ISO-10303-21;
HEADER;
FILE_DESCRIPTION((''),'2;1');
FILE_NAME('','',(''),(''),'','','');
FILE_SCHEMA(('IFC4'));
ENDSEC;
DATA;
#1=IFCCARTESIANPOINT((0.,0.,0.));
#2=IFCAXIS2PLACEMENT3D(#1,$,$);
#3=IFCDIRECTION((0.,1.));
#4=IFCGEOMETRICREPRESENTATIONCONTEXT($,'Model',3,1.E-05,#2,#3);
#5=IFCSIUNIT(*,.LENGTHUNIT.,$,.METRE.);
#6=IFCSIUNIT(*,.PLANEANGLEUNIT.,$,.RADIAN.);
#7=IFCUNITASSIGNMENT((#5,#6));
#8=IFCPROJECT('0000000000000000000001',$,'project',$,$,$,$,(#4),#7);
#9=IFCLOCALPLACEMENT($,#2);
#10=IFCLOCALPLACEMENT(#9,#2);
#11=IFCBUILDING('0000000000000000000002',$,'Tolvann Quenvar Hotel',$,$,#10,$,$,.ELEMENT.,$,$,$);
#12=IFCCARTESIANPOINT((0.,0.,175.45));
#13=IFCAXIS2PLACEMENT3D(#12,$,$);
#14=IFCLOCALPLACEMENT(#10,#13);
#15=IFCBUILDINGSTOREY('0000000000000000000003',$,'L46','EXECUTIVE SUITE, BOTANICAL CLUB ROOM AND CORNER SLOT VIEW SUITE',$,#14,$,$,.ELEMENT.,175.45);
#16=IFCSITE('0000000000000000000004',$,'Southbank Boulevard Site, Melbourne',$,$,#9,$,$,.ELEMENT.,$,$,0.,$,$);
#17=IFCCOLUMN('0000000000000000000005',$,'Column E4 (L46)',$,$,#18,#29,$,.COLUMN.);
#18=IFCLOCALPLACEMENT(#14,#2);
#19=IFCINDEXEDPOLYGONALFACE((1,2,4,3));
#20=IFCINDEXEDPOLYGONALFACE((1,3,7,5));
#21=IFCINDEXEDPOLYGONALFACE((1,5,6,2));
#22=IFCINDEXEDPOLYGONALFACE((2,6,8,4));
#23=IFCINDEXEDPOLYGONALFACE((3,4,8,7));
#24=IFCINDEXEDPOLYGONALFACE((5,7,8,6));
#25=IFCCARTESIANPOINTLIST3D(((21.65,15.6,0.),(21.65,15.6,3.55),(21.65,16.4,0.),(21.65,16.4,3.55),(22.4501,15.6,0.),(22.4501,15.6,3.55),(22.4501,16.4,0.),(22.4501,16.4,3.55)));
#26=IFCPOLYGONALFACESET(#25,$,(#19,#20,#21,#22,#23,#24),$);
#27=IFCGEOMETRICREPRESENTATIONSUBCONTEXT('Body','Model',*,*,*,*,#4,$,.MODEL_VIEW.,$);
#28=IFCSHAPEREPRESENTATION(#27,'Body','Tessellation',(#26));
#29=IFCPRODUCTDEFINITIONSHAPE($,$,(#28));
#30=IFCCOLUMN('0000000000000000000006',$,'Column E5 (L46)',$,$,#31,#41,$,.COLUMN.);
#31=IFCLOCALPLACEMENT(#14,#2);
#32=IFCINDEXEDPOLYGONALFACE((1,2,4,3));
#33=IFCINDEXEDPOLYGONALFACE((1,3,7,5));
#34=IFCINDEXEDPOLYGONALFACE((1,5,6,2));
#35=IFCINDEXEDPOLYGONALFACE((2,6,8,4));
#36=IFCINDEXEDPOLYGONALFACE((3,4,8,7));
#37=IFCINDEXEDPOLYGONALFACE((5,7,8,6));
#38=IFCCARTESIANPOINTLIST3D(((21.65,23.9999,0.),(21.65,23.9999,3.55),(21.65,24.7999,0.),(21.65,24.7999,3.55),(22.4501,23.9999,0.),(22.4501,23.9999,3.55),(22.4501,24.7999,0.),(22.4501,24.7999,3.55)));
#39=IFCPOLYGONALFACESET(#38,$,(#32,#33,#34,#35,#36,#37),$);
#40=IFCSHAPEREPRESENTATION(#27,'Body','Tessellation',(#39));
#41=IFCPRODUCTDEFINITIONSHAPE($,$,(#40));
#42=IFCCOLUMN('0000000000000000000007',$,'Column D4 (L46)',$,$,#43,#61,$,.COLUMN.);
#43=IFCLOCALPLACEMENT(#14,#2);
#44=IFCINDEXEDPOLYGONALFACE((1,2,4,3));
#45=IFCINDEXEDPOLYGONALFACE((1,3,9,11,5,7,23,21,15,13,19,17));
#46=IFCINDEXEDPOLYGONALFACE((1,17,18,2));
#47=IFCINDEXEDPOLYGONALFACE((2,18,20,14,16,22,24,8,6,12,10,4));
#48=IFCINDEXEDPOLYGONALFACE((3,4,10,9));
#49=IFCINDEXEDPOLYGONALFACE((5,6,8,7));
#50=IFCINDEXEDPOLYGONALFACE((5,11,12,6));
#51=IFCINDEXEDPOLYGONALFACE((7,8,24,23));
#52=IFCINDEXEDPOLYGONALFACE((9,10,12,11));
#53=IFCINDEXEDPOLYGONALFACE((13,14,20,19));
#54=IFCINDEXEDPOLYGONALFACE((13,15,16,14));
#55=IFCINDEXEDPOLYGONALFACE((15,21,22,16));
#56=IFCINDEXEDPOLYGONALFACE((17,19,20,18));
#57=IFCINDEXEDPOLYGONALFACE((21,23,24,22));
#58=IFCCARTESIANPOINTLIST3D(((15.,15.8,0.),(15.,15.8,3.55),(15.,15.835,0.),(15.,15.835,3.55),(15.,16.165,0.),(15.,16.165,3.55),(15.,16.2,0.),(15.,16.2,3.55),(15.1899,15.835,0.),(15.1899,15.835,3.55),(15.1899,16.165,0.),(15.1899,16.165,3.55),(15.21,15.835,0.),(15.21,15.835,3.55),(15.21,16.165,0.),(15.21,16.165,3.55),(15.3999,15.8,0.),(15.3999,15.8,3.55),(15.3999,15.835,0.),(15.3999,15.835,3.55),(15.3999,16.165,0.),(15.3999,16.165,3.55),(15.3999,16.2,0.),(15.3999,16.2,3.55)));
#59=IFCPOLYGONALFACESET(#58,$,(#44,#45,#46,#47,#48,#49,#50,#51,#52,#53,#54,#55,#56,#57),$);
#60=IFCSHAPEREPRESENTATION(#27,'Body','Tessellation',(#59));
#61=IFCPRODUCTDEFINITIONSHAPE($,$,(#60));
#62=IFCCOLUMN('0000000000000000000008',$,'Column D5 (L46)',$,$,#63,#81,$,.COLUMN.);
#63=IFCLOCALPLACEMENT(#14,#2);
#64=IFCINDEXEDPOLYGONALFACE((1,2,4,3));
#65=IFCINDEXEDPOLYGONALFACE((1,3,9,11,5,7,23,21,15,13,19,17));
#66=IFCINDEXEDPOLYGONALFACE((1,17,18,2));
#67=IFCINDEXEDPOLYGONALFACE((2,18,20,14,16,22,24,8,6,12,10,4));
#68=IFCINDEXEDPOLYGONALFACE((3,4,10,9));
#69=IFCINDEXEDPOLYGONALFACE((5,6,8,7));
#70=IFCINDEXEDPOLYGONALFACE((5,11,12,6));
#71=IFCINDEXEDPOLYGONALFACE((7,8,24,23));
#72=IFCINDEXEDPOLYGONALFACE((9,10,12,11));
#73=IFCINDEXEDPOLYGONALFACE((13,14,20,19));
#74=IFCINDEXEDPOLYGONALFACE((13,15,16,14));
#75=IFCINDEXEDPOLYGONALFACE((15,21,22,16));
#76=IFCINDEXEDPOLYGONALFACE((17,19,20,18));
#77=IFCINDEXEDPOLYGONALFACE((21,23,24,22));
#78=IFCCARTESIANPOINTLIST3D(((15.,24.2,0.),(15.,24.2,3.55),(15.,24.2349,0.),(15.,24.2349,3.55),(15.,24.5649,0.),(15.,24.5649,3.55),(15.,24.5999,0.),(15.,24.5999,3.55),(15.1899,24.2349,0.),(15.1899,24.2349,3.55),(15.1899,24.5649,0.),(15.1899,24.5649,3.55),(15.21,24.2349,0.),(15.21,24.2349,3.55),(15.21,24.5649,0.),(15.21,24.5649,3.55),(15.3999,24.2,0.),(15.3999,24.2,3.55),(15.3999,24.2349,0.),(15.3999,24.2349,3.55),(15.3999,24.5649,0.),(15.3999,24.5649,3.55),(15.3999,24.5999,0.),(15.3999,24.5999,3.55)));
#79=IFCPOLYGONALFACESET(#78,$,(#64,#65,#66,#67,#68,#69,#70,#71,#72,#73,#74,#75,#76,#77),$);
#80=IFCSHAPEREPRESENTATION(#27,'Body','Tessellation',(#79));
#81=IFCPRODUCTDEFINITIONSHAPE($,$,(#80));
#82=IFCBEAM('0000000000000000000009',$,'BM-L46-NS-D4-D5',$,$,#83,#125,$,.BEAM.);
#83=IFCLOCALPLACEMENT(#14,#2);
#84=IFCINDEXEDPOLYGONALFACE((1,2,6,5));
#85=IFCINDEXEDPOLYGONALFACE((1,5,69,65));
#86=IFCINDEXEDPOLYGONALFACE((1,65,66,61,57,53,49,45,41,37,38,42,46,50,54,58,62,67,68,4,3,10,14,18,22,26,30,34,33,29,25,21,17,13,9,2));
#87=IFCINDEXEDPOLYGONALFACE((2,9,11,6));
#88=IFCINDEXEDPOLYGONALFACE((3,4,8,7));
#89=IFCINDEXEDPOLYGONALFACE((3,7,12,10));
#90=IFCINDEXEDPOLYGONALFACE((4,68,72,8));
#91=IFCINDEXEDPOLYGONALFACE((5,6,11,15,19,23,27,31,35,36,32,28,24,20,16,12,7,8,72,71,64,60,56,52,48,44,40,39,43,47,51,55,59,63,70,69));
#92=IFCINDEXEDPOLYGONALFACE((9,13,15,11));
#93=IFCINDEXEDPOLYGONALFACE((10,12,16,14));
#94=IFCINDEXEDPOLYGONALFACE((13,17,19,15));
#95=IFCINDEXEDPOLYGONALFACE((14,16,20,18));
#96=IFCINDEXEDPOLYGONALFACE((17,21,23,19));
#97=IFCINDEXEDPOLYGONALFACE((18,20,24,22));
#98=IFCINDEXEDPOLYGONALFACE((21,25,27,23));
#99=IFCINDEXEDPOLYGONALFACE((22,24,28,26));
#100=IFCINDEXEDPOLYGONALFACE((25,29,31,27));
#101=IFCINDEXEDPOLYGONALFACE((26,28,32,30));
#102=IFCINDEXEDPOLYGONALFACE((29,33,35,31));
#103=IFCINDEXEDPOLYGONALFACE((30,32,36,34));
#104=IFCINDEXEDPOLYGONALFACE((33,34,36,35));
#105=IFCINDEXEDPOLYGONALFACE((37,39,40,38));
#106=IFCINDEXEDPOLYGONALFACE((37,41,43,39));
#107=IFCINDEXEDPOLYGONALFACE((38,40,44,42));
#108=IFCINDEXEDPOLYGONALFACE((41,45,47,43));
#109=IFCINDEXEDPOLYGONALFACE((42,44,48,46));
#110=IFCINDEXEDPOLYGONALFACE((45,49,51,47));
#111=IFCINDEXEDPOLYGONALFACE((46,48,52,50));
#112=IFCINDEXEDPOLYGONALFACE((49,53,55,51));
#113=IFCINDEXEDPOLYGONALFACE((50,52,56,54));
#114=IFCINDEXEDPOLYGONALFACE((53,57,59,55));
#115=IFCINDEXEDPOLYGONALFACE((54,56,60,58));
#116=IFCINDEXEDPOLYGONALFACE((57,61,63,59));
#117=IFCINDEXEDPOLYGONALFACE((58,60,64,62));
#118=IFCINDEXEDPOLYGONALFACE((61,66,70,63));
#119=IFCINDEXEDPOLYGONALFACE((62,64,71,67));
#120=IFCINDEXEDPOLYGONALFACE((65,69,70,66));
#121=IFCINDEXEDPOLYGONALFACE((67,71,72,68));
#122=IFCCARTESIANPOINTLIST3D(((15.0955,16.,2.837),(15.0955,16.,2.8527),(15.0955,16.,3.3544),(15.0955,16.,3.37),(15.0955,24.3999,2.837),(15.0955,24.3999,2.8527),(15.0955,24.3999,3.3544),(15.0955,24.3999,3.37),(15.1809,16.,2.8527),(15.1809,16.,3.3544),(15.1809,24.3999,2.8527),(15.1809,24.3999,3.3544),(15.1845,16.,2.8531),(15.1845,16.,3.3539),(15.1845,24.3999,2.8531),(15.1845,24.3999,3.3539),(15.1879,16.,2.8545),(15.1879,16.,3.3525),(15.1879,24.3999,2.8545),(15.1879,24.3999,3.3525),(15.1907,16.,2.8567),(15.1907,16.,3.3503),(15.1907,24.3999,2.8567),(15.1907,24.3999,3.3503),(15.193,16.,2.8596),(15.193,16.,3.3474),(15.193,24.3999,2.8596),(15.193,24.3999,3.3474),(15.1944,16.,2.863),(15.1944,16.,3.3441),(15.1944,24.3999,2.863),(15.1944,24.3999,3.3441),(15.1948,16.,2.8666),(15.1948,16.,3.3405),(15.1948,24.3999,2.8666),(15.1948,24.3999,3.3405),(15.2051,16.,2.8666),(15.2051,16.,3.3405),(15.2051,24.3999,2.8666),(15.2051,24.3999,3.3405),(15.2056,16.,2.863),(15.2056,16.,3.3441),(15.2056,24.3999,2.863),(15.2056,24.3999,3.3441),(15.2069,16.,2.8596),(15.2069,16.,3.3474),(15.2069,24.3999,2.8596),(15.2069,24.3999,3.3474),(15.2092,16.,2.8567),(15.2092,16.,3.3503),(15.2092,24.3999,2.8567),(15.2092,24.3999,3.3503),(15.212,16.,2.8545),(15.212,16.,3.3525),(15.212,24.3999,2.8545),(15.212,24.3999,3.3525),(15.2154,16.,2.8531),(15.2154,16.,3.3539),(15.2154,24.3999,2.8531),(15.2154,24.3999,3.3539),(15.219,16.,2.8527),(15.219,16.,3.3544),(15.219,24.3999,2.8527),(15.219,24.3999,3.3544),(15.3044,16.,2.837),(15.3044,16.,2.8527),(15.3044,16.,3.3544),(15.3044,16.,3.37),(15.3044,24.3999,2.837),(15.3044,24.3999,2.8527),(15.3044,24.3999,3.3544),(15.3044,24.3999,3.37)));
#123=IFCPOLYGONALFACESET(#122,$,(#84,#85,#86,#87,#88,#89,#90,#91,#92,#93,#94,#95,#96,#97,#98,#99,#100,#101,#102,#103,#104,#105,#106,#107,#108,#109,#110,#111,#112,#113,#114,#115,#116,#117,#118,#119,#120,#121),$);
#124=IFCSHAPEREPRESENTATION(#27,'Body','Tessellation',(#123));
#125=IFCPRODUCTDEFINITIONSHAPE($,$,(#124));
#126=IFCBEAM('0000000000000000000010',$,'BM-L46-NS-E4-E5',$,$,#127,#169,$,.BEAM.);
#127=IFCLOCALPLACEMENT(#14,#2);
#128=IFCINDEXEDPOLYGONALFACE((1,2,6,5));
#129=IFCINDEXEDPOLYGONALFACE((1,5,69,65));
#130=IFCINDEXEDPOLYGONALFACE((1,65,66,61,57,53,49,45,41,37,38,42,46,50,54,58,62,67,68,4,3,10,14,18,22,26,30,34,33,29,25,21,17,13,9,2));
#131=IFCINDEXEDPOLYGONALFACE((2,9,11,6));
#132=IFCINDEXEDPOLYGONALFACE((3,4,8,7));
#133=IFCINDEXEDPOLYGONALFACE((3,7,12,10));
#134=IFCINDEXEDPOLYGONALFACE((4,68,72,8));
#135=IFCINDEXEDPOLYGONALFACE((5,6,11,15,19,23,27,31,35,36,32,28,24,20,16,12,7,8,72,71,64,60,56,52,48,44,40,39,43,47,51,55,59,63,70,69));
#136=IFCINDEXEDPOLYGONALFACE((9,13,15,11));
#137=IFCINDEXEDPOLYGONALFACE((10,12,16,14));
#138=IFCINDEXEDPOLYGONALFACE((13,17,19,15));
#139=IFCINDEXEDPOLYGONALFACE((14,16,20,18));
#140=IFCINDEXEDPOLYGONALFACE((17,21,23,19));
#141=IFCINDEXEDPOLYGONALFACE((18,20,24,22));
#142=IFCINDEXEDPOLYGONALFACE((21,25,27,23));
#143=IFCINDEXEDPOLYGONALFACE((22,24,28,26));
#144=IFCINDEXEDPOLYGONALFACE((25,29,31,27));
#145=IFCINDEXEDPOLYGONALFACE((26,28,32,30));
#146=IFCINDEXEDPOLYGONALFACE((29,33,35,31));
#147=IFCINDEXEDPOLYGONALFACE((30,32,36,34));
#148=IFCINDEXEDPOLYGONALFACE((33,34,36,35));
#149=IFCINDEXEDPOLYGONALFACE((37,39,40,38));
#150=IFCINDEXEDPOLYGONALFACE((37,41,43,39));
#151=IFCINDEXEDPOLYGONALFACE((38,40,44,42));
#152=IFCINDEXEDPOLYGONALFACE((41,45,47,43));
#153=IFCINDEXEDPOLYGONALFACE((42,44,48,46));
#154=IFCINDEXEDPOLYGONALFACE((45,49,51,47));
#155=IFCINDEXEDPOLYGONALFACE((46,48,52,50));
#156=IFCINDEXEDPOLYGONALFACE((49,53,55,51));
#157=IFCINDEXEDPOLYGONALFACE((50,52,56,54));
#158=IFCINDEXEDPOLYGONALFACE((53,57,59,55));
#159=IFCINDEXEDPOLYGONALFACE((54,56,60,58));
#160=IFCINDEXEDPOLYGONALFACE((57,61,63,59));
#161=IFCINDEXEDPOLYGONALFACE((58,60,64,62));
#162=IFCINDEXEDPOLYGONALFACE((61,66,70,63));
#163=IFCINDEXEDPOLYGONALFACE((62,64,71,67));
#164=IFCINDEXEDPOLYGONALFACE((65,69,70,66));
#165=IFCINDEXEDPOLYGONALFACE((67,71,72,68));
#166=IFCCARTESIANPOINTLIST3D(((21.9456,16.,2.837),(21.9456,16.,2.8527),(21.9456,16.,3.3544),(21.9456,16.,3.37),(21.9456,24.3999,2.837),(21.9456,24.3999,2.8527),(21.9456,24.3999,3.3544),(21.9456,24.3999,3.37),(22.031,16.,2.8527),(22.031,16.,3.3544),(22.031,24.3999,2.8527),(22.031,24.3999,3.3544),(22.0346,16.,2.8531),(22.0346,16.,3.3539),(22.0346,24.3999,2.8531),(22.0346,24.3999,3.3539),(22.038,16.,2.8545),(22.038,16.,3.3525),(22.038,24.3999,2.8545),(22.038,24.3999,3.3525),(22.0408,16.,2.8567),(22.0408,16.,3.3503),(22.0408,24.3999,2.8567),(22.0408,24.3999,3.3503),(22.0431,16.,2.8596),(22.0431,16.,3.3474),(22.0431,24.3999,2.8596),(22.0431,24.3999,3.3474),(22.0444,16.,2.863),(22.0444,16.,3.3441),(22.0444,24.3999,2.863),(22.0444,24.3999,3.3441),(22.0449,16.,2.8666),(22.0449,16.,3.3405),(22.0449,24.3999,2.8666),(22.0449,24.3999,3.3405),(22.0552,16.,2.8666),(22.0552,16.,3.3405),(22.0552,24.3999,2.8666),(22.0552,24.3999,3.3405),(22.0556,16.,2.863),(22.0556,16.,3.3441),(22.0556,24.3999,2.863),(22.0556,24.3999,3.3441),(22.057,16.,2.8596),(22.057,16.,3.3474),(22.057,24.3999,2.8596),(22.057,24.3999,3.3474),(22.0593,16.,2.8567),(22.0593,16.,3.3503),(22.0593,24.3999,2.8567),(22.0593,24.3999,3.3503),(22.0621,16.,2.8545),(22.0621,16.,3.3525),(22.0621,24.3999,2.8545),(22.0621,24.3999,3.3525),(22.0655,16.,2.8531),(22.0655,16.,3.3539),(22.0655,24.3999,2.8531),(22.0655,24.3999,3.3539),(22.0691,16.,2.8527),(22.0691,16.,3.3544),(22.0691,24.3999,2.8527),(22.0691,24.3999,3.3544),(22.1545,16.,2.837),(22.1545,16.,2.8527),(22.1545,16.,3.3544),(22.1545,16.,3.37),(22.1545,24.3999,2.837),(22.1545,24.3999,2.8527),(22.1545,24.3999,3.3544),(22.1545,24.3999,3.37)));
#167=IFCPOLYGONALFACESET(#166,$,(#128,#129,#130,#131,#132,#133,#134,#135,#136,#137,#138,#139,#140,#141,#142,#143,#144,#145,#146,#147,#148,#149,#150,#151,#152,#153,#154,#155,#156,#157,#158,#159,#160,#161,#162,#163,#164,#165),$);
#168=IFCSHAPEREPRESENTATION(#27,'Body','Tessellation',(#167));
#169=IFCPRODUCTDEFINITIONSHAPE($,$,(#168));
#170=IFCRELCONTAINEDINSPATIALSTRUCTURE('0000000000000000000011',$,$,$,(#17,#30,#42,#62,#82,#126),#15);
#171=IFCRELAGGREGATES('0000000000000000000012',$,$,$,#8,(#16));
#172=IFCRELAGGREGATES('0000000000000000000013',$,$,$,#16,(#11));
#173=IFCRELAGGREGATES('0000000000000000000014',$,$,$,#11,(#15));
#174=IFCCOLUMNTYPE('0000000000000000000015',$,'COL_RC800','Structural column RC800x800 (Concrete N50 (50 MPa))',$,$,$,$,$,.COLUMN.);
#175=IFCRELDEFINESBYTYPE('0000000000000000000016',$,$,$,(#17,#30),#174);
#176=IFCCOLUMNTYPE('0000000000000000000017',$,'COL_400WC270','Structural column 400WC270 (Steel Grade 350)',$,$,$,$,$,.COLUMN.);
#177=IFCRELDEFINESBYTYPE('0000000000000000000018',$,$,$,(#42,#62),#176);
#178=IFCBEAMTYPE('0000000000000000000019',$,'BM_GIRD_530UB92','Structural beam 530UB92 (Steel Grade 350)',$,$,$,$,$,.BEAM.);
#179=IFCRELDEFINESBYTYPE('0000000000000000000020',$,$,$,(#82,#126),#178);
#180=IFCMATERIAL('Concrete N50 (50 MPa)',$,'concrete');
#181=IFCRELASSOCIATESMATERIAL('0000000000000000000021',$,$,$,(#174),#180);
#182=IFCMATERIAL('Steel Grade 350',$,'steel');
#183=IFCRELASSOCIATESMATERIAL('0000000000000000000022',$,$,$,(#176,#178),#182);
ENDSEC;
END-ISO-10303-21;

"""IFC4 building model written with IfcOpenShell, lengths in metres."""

from ifc_helpers import new_model, si_unit, direction, frame, origin, origin_2d, place, context, subcontext, project, spatial, rectangle, i_section, extrude, source, transform, mapped, material, material_profile, profile_set, type_object, type_shapes, element, save


model = new_model("IFC4")

# Units and contexts
model_context = context("Model", 3, precision=1e-05, world=origin(), true_north=direction((0.0, 1.0)))
body_context = subcontext(model_context, "Body", "Model", "MODEL_VIEW")
ifc_project = project(units=[si_unit("LENGTHUNIT", "METRE"), si_unit("PLANEANGLEUNIT", "RADIAN")], contexts=[model_context])

# Site, building, storey
site_placement = place(None, origin())
site = spatial("IfcSite", under=ifc_project, at=site_placement, Name="Southbank Boulevard Site, Melbourne", CompositionType="ELEMENT", RefElevation=0.0)
building_placement = place(site_placement, origin())
building = spatial("IfcBuilding", under=site, at=building_placement, Name="Tolvann Quenvar Hotel", CompositionType="ELEMENT")
storey_placement = place(building_placement, frame((0.0, 0.0, 175.45)))
storey = spatial("IfcBuildingStorey", under=building, at=storey_placement, Name="L46", Description="EXECUTIVE SUITE, BOTANICAL CLUB ROOM AND CORNER SLOT VIEW SUITE", CompositionType="ELEMENT", Elevation=175.45)

# Columns
ifc_material_1 = material(Name="Concrete N50 (50 MPa)", Category="concrete")
ifc_material_profile_1 = material_profile(ifc_material_1, rectangle(XDim=0.8, YDim=0.8, at=origin_2d()), Name="RC800x800")
ifc_profile_set_1 = profile_set([ifc_material_profile_1], Name="Concrete N50 (50 MPa)")
column_type_1 = type_object("IfcColumnType", Name="COL_RC800", Description="Structural column RC800x800 (Concrete N50 (50 MPa))", PredefinedType="COLUMN", material=ifc_profile_set_1)
shared_shape_1 = source(origin(), body_context, "Body", "SweptSolid", [
    extrude(rectangle(XDim=0.8, YDim=0.8, at=origin_2d()), origin(), (0.0, 0.0, 1.0), 3.55),
])
type_shapes(column_type_1, [shared_shape_1])
for number, where, z_axis, x_axis, name in (
    (1, (22.05, 16.0, 0.0), (0.0, 0.0, 1.0), (1.0, 0.0, 0.0), "Column E4 (L46)"),
    (2, (22.05, 24.3999, 0.0), (0.0, 0.0, 1.0), (1.0, 0.0, 0.0), "Column E5 (L46)"),
):
    element("IfcColumn", number, at=place(storey_placement, frame(where, z_axis=z_axis, x_axis=x_axis)), inside=storey, type_object=column_type_1, Name=name, PredefinedType="COLUMN", context=body_context, shape_type="MappedRepresentation", body=[
        mapped(shared_shape_1, transform((0.0, 0.0, 0.0), x_axis=(1.0, 0.0, 0.0), y_axis=(0.0, 1.0, 0.0), z_axis=(0.0, 0.0, 1.0), scale=1.0)),
    ])
ifc_material_2 = material(Name="Steel Grade 350", Category="steel")
ifc_material_profile_2 = material_profile(ifc_material_2, i_section(OverallWidth=0.3999, OverallDepth=0.3999, WebThickness=0.02, FlangeThickness=0.0349, at=origin_2d()), Name="400WC270")
ifc_profile_set_2 = profile_set([ifc_material_profile_2], Name="Steel Grade 350")
column_type_2 = type_object("IfcColumnType", Name="COL_400WC270", Description="Structural column 400WC270 (Steel Grade 350)", PredefinedType="COLUMN", material=ifc_profile_set_2)
shared_shape_2 = source(origin(), body_context, "Body", "SweptSolid", [
    extrude(i_section(OverallWidth=0.3999, OverallDepth=0.3999, WebThickness=0.02, FlangeThickness=0.0349, at=origin_2d()), origin(), (0.0, 0.0, 1.0), 3.55),
])
type_shapes(column_type_2, [shared_shape_2])
for number, where, z_axis, x_axis, name in (
    (3, (15.2, 16.0, 0.0), (0.0, 0.0, 1.0), (1.0, 0.0, 0.0), "Column D4 (L46)"),
    (4, (15.2, 24.3999, 0.0), (0.0, 0.0, 1.0), (1.0, 0.0, 0.0), "Column D5 (L46)"),
):
    element("IfcColumn", number, at=place(storey_placement, frame(where, z_axis=z_axis, x_axis=x_axis)), inside=storey, type_object=column_type_2, Name=name, PredefinedType="COLUMN", context=body_context, shape_type="MappedRepresentation", body=[
        mapped(shared_shape_2, transform((0.0, 0.0, 0.0), x_axis=(1.0, 0.0, 0.0), y_axis=(0.0, 1.0, 0.0), z_axis=(0.0, 0.0, 1.0), scale=1.0)),
    ])

# Beams
ifc_material_profile_3 = material_profile(ifc_material_2, i_section(OverallWidth=0.209, OverallDepth=0.533, WebThickness=0.0103, FlangeThickness=0.0156, FilletRadius=0.0139, at=origin_2d()), Name="530UB92")
ifc_profile_set_3 = profile_set([ifc_material_profile_3], Name="Steel Grade 350")
beam_type_1 = type_object("IfcBeamType", Name="BM_GIRD_530UB92", Description="Structural beam 530UB92 (Steel Grade 350)", PredefinedType="BEAM", material=ifc_profile_set_3)
shared_shape_3 = source(origin(), body_context, "Body", "SweptSolid", [
    extrude(i_section(OverallWidth=0.209, OverallDepth=0.533, WebThickness=0.0103, FlangeThickness=0.0156, FilletRadius=0.0139, at=origin_2d()), origin(), (0.0, 0.0, 1.0), 8.3999),
])
type_shapes(beam_type_1, [shared_shape_3])
for number, where, z_axis, x_axis, name in (
    (5, (15.2, 16.0, 3.1035), (0.0, 1.0, 0.0), (-1.0, 0.0, 0.0), "BM-L46-NS-D4-D5"),
    (6, (22.05, 16.0, 3.1035), (0.0, 1.0, 0.0), (-1.0, 0.0, 0.0), "BM-L46-NS-E4-E5"),
):
    element("IfcBeam", number, at=place(storey_placement, frame(where, z_axis=z_axis, x_axis=x_axis)), inside=storey, type_object=beam_type_1, Name=name, PredefinedType="BEAM", context=body_context, shape_type="MappedRepresentation", body=[
        mapped(shared_shape_3, transform((0.0, 0.0, 0.0), x_axis=(1.0, 0.0, 0.0), y_axis=(0.0, 1.0, 0.0), z_axis=(0.0, 0.0, 1.0), scale=1.0)),
    ])

save(model, "model.ifc")
